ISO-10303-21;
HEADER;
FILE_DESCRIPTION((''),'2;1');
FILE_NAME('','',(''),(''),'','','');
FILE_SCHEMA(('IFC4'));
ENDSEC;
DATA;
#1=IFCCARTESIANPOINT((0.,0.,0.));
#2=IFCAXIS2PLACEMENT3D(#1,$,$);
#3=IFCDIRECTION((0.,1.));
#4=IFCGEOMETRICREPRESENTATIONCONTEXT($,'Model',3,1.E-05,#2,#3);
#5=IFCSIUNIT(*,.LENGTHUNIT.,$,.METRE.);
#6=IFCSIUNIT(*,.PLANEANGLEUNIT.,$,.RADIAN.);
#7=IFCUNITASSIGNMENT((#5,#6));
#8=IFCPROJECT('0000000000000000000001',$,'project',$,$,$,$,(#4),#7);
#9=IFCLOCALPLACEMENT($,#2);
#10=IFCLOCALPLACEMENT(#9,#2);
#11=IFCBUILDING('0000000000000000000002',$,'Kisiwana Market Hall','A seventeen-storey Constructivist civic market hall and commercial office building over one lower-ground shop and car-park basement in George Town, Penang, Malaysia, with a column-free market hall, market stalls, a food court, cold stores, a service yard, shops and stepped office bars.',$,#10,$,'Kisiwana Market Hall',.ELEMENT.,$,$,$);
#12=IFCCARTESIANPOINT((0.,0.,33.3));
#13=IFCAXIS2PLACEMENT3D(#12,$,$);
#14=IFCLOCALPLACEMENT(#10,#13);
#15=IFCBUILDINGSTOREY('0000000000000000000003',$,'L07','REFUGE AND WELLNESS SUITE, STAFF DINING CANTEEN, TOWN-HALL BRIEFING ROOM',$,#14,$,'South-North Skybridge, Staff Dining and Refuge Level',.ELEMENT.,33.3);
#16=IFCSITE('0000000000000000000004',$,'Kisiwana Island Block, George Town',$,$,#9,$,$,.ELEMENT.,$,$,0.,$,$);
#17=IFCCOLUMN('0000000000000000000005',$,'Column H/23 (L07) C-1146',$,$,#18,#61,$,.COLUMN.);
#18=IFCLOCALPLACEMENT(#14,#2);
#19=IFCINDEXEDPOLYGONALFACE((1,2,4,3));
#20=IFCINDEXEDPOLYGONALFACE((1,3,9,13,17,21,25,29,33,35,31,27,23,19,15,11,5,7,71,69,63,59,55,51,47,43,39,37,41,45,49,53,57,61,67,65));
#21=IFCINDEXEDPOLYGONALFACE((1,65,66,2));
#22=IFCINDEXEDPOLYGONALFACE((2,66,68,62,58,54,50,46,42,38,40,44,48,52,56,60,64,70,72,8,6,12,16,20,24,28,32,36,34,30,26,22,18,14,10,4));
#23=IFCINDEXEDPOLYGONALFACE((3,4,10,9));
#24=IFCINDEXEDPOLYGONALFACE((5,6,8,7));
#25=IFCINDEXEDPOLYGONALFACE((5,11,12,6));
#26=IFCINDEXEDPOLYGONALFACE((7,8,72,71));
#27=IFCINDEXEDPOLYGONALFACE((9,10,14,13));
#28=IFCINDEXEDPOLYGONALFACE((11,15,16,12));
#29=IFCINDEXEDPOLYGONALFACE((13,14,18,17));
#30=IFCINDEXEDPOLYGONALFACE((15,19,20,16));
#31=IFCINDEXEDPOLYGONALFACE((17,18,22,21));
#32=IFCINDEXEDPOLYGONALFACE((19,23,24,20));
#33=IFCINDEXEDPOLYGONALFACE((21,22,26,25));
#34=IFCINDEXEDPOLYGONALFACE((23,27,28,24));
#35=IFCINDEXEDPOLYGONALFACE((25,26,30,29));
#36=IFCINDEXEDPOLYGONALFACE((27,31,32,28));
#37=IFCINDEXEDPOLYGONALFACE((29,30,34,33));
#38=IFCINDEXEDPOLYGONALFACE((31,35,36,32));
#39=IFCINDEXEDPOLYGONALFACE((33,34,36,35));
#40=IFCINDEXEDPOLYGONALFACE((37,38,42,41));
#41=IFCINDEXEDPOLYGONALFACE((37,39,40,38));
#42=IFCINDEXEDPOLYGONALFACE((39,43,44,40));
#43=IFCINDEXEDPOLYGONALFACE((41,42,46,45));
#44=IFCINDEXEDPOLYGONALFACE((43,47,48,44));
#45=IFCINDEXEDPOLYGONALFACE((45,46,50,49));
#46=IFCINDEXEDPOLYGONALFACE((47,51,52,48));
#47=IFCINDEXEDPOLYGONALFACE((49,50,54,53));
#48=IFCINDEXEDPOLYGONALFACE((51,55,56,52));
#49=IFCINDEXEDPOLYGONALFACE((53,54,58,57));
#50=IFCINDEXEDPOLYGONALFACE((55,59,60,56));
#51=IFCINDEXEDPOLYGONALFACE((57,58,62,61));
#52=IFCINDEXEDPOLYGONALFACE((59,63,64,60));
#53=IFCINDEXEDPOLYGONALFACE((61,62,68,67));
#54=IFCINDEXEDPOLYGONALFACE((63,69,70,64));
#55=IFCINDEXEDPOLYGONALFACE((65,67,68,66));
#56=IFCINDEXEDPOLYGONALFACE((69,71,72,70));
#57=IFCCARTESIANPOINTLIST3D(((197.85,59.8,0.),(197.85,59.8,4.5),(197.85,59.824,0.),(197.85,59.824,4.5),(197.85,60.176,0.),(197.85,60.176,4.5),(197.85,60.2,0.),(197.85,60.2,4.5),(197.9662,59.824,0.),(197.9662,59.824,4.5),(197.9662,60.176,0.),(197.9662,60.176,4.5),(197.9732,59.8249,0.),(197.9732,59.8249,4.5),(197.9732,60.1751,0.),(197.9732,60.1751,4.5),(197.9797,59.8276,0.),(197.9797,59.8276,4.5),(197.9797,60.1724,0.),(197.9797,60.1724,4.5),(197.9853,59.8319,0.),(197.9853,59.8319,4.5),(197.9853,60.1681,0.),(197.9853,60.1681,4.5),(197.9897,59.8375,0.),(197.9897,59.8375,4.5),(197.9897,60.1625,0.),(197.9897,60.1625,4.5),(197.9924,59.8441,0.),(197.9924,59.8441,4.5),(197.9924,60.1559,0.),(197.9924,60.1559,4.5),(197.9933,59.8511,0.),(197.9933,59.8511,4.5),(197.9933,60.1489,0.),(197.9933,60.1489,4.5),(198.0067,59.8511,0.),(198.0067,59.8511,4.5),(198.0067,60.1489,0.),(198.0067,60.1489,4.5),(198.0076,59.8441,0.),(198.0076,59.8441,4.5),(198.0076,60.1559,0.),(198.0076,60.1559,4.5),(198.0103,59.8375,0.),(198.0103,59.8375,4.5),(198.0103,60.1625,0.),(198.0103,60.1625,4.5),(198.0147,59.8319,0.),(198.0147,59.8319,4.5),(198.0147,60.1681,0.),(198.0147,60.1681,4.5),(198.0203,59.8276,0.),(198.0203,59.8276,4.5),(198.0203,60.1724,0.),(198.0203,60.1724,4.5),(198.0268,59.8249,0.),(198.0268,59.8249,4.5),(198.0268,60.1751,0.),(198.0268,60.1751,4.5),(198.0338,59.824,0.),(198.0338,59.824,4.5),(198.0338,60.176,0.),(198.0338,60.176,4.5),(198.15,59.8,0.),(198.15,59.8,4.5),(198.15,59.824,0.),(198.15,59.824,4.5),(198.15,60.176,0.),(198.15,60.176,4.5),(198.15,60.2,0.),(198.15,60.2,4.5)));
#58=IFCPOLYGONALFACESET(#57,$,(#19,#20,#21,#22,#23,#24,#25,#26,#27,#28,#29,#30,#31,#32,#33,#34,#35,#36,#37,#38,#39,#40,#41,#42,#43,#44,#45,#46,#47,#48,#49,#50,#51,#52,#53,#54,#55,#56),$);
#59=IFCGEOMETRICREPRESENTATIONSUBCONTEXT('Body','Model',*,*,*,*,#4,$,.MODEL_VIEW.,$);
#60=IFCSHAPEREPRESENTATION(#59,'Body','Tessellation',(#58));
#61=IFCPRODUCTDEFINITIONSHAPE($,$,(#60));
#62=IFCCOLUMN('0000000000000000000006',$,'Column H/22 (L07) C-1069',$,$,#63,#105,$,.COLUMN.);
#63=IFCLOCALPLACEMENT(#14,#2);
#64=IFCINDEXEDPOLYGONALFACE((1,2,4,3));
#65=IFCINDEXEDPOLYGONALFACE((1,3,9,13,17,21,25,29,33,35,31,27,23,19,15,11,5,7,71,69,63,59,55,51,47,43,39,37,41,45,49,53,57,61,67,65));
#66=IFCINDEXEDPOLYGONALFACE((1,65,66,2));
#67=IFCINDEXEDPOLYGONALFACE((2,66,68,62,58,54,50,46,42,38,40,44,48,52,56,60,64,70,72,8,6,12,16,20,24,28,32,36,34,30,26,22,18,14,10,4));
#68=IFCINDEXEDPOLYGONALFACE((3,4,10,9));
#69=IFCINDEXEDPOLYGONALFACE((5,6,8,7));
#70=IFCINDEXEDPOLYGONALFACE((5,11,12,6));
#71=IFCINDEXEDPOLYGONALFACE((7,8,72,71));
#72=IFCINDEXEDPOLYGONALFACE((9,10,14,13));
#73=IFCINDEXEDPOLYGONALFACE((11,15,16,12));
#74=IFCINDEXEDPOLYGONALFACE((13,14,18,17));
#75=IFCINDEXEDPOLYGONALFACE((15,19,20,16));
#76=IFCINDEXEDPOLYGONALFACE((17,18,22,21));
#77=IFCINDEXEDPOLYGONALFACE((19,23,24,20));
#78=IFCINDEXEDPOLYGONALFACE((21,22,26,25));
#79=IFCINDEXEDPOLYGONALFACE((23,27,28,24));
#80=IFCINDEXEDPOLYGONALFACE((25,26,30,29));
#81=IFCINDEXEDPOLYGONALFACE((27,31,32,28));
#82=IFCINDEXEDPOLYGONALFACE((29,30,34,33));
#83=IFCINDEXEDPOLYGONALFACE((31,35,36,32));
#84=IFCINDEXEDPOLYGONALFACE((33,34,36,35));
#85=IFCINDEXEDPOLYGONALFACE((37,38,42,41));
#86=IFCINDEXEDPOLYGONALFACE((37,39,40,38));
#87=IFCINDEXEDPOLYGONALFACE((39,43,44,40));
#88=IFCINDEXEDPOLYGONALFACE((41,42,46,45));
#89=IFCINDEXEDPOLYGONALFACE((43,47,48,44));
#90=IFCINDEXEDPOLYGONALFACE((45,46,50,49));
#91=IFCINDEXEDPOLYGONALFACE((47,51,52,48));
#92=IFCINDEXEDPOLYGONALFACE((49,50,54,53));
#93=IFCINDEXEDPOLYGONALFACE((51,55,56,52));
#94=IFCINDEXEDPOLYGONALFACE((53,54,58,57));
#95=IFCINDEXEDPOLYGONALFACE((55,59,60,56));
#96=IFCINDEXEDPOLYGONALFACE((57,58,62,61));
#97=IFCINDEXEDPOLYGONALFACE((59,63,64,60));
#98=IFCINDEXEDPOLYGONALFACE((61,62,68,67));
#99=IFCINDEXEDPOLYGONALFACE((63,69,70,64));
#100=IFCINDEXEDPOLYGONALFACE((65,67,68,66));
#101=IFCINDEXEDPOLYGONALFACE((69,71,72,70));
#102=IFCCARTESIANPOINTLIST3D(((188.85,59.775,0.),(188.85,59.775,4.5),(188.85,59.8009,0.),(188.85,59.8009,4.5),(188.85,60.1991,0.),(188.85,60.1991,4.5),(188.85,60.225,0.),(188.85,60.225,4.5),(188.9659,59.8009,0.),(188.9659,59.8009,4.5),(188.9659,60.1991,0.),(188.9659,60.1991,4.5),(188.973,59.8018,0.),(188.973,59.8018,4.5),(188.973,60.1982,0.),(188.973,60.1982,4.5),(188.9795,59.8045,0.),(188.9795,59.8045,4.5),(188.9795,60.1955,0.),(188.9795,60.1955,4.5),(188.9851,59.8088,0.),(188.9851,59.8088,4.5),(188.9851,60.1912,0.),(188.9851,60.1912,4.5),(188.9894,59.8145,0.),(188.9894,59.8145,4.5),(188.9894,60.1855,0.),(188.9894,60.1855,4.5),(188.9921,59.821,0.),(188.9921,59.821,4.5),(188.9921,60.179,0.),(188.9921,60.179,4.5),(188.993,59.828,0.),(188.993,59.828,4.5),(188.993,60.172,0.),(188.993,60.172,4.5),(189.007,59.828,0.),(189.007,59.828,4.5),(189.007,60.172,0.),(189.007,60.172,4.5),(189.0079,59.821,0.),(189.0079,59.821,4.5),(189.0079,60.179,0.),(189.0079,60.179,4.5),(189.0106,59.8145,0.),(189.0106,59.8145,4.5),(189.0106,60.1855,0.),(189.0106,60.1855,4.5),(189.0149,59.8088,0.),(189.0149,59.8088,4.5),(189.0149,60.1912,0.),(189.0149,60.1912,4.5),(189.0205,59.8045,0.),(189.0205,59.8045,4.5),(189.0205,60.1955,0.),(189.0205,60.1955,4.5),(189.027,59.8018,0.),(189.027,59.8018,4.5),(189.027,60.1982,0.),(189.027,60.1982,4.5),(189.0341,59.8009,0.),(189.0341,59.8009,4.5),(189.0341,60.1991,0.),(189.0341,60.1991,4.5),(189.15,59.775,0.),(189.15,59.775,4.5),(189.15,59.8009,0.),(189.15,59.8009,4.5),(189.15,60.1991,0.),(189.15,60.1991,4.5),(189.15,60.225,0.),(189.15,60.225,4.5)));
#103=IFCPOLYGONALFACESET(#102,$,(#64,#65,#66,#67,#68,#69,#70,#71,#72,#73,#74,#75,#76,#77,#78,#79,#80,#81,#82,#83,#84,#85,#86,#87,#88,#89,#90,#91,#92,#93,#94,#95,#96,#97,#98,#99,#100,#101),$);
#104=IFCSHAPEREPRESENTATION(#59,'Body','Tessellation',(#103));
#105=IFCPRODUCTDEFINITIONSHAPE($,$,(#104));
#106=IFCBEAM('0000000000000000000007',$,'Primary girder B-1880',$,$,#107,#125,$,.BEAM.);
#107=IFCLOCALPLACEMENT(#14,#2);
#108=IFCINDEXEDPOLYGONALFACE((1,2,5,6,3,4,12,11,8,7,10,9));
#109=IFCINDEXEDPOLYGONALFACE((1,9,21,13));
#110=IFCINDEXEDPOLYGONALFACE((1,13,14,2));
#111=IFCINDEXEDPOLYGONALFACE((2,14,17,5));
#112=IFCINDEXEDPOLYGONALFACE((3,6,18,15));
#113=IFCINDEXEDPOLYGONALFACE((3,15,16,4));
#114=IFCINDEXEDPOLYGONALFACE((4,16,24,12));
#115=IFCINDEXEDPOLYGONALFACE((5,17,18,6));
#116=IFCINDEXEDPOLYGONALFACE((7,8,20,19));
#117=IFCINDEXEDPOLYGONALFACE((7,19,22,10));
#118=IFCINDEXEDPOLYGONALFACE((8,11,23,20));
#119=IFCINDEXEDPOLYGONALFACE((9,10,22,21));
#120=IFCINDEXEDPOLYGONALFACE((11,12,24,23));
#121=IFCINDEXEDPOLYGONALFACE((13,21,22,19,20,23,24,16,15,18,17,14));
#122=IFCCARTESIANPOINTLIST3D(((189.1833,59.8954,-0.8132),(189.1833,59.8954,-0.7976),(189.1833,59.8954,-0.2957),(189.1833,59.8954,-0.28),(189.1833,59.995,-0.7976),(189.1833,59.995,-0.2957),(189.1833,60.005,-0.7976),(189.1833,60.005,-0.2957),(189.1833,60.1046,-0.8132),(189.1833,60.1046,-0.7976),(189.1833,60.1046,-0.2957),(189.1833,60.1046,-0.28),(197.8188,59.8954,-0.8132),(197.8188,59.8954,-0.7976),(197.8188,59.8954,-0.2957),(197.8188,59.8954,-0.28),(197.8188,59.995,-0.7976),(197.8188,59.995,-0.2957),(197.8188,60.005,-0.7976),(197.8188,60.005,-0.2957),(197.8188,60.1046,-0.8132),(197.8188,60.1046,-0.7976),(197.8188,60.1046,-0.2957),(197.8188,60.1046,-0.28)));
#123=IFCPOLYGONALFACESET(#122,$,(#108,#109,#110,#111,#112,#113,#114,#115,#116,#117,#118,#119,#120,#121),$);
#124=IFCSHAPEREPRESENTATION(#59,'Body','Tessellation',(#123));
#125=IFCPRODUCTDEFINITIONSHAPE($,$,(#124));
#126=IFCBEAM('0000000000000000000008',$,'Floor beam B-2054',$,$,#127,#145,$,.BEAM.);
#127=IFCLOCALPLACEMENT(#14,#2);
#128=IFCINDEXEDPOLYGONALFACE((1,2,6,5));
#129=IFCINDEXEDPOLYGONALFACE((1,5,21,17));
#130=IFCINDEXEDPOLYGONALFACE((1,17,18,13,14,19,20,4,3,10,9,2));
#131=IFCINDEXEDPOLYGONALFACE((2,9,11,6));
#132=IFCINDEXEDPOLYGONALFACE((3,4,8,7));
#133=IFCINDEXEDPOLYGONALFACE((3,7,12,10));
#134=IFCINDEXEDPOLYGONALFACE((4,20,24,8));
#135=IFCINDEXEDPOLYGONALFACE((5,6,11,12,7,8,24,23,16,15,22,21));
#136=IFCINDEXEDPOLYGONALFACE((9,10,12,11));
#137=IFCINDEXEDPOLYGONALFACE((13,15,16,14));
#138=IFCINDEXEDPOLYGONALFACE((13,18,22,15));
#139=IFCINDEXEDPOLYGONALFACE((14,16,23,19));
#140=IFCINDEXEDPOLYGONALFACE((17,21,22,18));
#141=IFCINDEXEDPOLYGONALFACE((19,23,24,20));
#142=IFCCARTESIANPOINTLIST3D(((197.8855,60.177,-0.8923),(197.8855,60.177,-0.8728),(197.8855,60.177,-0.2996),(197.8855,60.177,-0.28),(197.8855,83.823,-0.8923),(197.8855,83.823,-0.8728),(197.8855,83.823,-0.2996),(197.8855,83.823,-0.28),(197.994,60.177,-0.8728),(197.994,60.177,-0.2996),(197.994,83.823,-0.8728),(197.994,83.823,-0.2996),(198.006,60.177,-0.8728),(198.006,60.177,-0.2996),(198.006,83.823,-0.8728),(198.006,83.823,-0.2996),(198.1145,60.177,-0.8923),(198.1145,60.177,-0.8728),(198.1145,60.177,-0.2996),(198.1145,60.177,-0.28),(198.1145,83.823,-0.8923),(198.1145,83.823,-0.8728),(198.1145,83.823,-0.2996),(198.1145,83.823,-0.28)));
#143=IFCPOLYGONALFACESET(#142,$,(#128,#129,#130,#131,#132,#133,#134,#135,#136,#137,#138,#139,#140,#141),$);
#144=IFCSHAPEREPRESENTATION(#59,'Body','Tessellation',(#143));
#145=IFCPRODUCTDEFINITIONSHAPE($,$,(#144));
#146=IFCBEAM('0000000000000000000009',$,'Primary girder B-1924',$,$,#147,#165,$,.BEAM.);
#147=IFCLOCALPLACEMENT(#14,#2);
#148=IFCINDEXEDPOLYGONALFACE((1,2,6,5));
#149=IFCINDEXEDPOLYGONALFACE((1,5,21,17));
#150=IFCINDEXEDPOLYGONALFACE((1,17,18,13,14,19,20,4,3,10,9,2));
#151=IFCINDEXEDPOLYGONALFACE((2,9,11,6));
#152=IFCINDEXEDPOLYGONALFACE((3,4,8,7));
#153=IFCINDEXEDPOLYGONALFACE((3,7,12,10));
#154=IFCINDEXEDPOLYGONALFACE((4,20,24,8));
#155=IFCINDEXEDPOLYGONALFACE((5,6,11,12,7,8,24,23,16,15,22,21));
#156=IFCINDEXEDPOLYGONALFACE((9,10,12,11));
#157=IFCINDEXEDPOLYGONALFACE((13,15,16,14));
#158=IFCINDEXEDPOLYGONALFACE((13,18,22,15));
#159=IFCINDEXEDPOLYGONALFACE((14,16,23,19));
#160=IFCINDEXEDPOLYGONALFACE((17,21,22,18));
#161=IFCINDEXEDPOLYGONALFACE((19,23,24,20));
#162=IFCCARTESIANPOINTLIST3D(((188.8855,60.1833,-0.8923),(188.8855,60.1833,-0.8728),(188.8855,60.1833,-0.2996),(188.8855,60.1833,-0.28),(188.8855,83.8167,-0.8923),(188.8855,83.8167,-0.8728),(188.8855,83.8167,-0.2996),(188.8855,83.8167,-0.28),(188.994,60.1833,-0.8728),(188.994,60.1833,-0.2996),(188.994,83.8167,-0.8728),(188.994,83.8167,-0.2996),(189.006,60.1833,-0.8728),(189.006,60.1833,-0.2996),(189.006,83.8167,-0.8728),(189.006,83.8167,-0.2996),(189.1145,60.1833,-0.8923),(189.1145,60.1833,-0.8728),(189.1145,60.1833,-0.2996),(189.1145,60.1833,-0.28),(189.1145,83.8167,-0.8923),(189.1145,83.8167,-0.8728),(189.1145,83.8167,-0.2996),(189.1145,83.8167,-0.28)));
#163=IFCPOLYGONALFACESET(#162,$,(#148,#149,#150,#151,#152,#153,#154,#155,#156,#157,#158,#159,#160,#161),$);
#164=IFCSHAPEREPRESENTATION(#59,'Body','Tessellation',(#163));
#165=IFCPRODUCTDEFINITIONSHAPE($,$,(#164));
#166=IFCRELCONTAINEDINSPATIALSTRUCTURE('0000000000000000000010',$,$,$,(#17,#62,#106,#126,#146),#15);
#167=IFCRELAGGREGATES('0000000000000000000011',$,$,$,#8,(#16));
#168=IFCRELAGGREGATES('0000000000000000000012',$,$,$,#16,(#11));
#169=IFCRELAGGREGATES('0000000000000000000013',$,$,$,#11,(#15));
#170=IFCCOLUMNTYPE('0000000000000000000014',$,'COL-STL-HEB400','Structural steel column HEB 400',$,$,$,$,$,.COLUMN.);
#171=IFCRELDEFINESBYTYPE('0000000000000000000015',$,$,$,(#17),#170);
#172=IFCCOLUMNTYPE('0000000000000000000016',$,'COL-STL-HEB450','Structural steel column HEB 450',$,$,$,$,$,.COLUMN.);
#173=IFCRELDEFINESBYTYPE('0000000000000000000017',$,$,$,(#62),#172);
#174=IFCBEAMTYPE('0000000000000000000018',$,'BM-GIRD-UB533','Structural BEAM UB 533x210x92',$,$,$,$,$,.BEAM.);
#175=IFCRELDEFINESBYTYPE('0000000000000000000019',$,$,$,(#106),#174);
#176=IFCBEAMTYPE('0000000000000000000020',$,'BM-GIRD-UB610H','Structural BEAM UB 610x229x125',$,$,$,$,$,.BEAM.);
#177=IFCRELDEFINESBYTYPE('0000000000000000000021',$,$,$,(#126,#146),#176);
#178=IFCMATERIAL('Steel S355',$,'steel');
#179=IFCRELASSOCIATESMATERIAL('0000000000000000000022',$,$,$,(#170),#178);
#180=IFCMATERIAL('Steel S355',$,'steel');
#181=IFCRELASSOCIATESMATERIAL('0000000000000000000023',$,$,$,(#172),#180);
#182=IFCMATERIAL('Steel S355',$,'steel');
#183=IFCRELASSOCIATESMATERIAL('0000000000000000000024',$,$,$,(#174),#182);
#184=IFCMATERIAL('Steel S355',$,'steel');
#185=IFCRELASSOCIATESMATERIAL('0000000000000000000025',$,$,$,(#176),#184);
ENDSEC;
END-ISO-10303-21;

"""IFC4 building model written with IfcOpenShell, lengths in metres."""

from ifc_helpers import new_model, si_unit, direction, frame, origin, origin_2d, place, context, subcontext, project, spatial, i_section, extrude, material, material_profile, profile_set, type_object, element, save


model = new_model("IFC4")

# Units and contexts
model_context = context("Model", 3, precision=1e-05, world=origin(), true_north=direction((0.0, 1.0)))
body_context = subcontext(model_context, "Body", "Model", "MODEL_VIEW")
ifc_project = project(units=[si_unit("LENGTHUNIT", "METRE"), si_unit("PLANEANGLEUNIT", "RADIAN")], contexts=[model_context])

# Site, building, storey
site_placement = place(None, origin())
site = spatial("IfcSite", under=ifc_project, at=site_placement, Name="Kisiwana Island Block, George Town", CompositionType="ELEMENT", RefElevation=0.0)
building_placement = place(site_placement, origin())
building = spatial("IfcBuilding", under=site, at=building_placement, Name="Kisiwana Market Hall", Description="A seventeen-storey Constructivist civic market hall and commercial office building over one lower-ground shop and car-park basement in George Town, Penang, Malaysia, with a column-free market hall, market stalls, a food court, cold stores, a service yard, shops and stepped office bars.", LongName="Kisiwana Market Hall", CompositionType="ELEMENT")
storey_placement = place(building_placement, frame((0.0, 0.0, 33.3)))
storey = spatial("IfcBuildingStorey", under=building, at=storey_placement, Name="L07", Description="REFUGE AND WELLNESS SUITE, STAFF DINING CANTEEN, TOWN-HALL BRIEFING ROOM", LongName="South-North Skybridge, Staff Dining and Refuge Level", CompositionType="ELEMENT", Elevation=33.3)

# Columns
ifc_material_1 = material(Name="Steel S355", Category="steel")
ifc_material_profile_1 = material_profile(ifc_material_1, i_section(OverallWidth=0.3, OverallDepth=0.3999, WebThickness=0.0134, FlangeThickness=0.0239, FilletRadius=0.0271, at=origin_2d()), Name="HEB 400")
ifc_profile_set_1 = profile_set([ifc_material_profile_1], Name="Steel S355")
column_type_1 = type_object("IfcColumnType", Name="COL-STL-HEB400", Description="Structural steel column HEB 400", PredefinedType="COLUMN", material=ifc_profile_set_1)
column_1_placement = place(storey_placement, frame((198.0, 60.0, 0.0), z_axis=(0.0, 0.0, 1.0), x_axis=(1.0, 0.0, 0.0)))
element("IfcColumn", 1, at=column_1_placement, inside=storey, type_object=column_type_1, Name="Column H/23 (L07) C-1146", PredefinedType="COLUMN", context=body_context, shape_type="SweptSolid", body=[
    extrude(i_section(OverallWidth=0.3, OverallDepth=0.3999, WebThickness=0.0134, FlangeThickness=0.0239, FilletRadius=0.0271, at=origin_2d()), origin(), (0.0, 0.0, 1.0), 4.5),
])
ifc_material_2 = material(Name="Steel S355", Category="steel")
ifc_material_profile_2 = material_profile(ifc_material_2, i_section(OverallWidth=0.3, OverallDepth=0.45, WebThickness=0.0139, FlangeThickness=0.0259, FilletRadius=0.0271, at=origin_2d()), Name="HEB 450")
ifc_profile_set_2 = profile_set([ifc_material_profile_2], Name="Steel S355")
column_type_2 = type_object("IfcColumnType", Name="COL-STL-HEB450", Description="Structural steel column HEB 450", PredefinedType="COLUMN", material=ifc_profile_set_2)
column_2_placement = place(storey_placement, frame((189.0, 60.0, 0.0), z_axis=(0.0, 0.0, 1.0), x_axis=(1.0, 0.0, 0.0)))
element("IfcColumn", 2, at=column_2_placement, inside=storey, type_object=column_type_2, Name="Column H/22 (L07) C-1069", PredefinedType="COLUMN", context=body_context, shape_type="SweptSolid", body=[
    extrude(i_section(OverallWidth=0.3, OverallDepth=0.45, WebThickness=0.0139, FlangeThickness=0.0259, FilletRadius=0.0271, at=origin_2d()), origin(), (0.0, 0.0, 1.0), 4.5),
])

# Beams
ifc_material_3 = material(Name="Steel S355", Category="steel")
ifc_material_profile_3 = material_profile(ifc_material_3, i_section(OverallWidth=0.2092, OverallDepth=0.5332, WebThickness=0.01, FlangeThickness=0.0156, at=origin_2d()), Name="UB 533x210x92")
ifc_profile_set_3 = profile_set([ifc_material_profile_3], Name="Steel S355")
beam_type_1 = type_object("IfcBeamType", Name="BM-GIRD-UB533", Description="Structural BEAM UB 533x210x92", PredefinedType="BEAM", material=ifc_profile_set_3)
beam_1_placement = place(storey_placement, frame((189.1833, 60.0, -0.5466), z_axis=(1.0, 0.0, 0.0), x_axis=(0.0, 1.0, 0.0)))
element("IfcBeam", 3, at=beam_1_placement, inside=storey, type_object=beam_type_1, Name="Primary girder B-1880", PredefinedType="BEAM", context=body_context, shape_type="SweptSolid", body=[
    extrude(i_section(OverallWidth=0.2092, OverallDepth=0.5332, WebThickness=0.01, FlangeThickness=0.0156, at=origin_2d()), origin(), (0.0, 0.0, 1.0), 8.6355),
])
ifc_material_4 = material(Name="Steel S355", Category="steel")
ifc_material_profile_4 = material_profile(ifc_material_4, i_section(OverallWidth=0.229, OverallDepth=0.6123, WebThickness=0.012, FlangeThickness=0.0195, at=origin_2d()), Name="UB 610x229x125")
ifc_profile_set_4 = profile_set([ifc_material_profile_4], Name="Steel S355")
beam_type_2 = type_object("IfcBeamType", Name="BM-GIRD-UB610H", Description="Structural BEAM UB 610x229x125", PredefinedType="BEAM", material=ifc_profile_set_4)
beam_2_placement = place(storey_placement, frame((198.0, 60.177, -0.5862), z_axis=(0.0, 1.0, 0.0), x_axis=(-1.0, 0.0, 0.0)))
element("IfcBeam", 4, at=beam_2_placement, inside=storey, type_object=beam_type_2, Name="Floor beam B-2054", PredefinedType="BEAM", context=body_context, shape_type="SweptSolid", body=[
    extrude(i_section(OverallWidth=0.229, OverallDepth=0.6123, WebThickness=0.012, FlangeThickness=0.0195, at=origin_2d()), origin(), (0.0, 0.0, 1.0), 23.646),
])
beam_3_placement = place(storey_placement, frame((189.0, 60.1833, -0.5862), z_axis=(0.0, 1.0, 0.0), x_axis=(-1.0, 0.0, 0.0)))
element("IfcBeam", 5, at=beam_3_placement, inside=storey, type_object=beam_type_2, Name="Primary girder B-1924", PredefinedType="BEAM", context=body_context, shape_type="SweptSolid", body=[
    extrude(i_section(OverallWidth=0.229, OverallDepth=0.6123, WebThickness=0.012, FlangeThickness=0.0195, at=origin_2d()), origin(), (0.0, 0.0, 1.0), 23.6333),
])

save(model, "model.ifc")
